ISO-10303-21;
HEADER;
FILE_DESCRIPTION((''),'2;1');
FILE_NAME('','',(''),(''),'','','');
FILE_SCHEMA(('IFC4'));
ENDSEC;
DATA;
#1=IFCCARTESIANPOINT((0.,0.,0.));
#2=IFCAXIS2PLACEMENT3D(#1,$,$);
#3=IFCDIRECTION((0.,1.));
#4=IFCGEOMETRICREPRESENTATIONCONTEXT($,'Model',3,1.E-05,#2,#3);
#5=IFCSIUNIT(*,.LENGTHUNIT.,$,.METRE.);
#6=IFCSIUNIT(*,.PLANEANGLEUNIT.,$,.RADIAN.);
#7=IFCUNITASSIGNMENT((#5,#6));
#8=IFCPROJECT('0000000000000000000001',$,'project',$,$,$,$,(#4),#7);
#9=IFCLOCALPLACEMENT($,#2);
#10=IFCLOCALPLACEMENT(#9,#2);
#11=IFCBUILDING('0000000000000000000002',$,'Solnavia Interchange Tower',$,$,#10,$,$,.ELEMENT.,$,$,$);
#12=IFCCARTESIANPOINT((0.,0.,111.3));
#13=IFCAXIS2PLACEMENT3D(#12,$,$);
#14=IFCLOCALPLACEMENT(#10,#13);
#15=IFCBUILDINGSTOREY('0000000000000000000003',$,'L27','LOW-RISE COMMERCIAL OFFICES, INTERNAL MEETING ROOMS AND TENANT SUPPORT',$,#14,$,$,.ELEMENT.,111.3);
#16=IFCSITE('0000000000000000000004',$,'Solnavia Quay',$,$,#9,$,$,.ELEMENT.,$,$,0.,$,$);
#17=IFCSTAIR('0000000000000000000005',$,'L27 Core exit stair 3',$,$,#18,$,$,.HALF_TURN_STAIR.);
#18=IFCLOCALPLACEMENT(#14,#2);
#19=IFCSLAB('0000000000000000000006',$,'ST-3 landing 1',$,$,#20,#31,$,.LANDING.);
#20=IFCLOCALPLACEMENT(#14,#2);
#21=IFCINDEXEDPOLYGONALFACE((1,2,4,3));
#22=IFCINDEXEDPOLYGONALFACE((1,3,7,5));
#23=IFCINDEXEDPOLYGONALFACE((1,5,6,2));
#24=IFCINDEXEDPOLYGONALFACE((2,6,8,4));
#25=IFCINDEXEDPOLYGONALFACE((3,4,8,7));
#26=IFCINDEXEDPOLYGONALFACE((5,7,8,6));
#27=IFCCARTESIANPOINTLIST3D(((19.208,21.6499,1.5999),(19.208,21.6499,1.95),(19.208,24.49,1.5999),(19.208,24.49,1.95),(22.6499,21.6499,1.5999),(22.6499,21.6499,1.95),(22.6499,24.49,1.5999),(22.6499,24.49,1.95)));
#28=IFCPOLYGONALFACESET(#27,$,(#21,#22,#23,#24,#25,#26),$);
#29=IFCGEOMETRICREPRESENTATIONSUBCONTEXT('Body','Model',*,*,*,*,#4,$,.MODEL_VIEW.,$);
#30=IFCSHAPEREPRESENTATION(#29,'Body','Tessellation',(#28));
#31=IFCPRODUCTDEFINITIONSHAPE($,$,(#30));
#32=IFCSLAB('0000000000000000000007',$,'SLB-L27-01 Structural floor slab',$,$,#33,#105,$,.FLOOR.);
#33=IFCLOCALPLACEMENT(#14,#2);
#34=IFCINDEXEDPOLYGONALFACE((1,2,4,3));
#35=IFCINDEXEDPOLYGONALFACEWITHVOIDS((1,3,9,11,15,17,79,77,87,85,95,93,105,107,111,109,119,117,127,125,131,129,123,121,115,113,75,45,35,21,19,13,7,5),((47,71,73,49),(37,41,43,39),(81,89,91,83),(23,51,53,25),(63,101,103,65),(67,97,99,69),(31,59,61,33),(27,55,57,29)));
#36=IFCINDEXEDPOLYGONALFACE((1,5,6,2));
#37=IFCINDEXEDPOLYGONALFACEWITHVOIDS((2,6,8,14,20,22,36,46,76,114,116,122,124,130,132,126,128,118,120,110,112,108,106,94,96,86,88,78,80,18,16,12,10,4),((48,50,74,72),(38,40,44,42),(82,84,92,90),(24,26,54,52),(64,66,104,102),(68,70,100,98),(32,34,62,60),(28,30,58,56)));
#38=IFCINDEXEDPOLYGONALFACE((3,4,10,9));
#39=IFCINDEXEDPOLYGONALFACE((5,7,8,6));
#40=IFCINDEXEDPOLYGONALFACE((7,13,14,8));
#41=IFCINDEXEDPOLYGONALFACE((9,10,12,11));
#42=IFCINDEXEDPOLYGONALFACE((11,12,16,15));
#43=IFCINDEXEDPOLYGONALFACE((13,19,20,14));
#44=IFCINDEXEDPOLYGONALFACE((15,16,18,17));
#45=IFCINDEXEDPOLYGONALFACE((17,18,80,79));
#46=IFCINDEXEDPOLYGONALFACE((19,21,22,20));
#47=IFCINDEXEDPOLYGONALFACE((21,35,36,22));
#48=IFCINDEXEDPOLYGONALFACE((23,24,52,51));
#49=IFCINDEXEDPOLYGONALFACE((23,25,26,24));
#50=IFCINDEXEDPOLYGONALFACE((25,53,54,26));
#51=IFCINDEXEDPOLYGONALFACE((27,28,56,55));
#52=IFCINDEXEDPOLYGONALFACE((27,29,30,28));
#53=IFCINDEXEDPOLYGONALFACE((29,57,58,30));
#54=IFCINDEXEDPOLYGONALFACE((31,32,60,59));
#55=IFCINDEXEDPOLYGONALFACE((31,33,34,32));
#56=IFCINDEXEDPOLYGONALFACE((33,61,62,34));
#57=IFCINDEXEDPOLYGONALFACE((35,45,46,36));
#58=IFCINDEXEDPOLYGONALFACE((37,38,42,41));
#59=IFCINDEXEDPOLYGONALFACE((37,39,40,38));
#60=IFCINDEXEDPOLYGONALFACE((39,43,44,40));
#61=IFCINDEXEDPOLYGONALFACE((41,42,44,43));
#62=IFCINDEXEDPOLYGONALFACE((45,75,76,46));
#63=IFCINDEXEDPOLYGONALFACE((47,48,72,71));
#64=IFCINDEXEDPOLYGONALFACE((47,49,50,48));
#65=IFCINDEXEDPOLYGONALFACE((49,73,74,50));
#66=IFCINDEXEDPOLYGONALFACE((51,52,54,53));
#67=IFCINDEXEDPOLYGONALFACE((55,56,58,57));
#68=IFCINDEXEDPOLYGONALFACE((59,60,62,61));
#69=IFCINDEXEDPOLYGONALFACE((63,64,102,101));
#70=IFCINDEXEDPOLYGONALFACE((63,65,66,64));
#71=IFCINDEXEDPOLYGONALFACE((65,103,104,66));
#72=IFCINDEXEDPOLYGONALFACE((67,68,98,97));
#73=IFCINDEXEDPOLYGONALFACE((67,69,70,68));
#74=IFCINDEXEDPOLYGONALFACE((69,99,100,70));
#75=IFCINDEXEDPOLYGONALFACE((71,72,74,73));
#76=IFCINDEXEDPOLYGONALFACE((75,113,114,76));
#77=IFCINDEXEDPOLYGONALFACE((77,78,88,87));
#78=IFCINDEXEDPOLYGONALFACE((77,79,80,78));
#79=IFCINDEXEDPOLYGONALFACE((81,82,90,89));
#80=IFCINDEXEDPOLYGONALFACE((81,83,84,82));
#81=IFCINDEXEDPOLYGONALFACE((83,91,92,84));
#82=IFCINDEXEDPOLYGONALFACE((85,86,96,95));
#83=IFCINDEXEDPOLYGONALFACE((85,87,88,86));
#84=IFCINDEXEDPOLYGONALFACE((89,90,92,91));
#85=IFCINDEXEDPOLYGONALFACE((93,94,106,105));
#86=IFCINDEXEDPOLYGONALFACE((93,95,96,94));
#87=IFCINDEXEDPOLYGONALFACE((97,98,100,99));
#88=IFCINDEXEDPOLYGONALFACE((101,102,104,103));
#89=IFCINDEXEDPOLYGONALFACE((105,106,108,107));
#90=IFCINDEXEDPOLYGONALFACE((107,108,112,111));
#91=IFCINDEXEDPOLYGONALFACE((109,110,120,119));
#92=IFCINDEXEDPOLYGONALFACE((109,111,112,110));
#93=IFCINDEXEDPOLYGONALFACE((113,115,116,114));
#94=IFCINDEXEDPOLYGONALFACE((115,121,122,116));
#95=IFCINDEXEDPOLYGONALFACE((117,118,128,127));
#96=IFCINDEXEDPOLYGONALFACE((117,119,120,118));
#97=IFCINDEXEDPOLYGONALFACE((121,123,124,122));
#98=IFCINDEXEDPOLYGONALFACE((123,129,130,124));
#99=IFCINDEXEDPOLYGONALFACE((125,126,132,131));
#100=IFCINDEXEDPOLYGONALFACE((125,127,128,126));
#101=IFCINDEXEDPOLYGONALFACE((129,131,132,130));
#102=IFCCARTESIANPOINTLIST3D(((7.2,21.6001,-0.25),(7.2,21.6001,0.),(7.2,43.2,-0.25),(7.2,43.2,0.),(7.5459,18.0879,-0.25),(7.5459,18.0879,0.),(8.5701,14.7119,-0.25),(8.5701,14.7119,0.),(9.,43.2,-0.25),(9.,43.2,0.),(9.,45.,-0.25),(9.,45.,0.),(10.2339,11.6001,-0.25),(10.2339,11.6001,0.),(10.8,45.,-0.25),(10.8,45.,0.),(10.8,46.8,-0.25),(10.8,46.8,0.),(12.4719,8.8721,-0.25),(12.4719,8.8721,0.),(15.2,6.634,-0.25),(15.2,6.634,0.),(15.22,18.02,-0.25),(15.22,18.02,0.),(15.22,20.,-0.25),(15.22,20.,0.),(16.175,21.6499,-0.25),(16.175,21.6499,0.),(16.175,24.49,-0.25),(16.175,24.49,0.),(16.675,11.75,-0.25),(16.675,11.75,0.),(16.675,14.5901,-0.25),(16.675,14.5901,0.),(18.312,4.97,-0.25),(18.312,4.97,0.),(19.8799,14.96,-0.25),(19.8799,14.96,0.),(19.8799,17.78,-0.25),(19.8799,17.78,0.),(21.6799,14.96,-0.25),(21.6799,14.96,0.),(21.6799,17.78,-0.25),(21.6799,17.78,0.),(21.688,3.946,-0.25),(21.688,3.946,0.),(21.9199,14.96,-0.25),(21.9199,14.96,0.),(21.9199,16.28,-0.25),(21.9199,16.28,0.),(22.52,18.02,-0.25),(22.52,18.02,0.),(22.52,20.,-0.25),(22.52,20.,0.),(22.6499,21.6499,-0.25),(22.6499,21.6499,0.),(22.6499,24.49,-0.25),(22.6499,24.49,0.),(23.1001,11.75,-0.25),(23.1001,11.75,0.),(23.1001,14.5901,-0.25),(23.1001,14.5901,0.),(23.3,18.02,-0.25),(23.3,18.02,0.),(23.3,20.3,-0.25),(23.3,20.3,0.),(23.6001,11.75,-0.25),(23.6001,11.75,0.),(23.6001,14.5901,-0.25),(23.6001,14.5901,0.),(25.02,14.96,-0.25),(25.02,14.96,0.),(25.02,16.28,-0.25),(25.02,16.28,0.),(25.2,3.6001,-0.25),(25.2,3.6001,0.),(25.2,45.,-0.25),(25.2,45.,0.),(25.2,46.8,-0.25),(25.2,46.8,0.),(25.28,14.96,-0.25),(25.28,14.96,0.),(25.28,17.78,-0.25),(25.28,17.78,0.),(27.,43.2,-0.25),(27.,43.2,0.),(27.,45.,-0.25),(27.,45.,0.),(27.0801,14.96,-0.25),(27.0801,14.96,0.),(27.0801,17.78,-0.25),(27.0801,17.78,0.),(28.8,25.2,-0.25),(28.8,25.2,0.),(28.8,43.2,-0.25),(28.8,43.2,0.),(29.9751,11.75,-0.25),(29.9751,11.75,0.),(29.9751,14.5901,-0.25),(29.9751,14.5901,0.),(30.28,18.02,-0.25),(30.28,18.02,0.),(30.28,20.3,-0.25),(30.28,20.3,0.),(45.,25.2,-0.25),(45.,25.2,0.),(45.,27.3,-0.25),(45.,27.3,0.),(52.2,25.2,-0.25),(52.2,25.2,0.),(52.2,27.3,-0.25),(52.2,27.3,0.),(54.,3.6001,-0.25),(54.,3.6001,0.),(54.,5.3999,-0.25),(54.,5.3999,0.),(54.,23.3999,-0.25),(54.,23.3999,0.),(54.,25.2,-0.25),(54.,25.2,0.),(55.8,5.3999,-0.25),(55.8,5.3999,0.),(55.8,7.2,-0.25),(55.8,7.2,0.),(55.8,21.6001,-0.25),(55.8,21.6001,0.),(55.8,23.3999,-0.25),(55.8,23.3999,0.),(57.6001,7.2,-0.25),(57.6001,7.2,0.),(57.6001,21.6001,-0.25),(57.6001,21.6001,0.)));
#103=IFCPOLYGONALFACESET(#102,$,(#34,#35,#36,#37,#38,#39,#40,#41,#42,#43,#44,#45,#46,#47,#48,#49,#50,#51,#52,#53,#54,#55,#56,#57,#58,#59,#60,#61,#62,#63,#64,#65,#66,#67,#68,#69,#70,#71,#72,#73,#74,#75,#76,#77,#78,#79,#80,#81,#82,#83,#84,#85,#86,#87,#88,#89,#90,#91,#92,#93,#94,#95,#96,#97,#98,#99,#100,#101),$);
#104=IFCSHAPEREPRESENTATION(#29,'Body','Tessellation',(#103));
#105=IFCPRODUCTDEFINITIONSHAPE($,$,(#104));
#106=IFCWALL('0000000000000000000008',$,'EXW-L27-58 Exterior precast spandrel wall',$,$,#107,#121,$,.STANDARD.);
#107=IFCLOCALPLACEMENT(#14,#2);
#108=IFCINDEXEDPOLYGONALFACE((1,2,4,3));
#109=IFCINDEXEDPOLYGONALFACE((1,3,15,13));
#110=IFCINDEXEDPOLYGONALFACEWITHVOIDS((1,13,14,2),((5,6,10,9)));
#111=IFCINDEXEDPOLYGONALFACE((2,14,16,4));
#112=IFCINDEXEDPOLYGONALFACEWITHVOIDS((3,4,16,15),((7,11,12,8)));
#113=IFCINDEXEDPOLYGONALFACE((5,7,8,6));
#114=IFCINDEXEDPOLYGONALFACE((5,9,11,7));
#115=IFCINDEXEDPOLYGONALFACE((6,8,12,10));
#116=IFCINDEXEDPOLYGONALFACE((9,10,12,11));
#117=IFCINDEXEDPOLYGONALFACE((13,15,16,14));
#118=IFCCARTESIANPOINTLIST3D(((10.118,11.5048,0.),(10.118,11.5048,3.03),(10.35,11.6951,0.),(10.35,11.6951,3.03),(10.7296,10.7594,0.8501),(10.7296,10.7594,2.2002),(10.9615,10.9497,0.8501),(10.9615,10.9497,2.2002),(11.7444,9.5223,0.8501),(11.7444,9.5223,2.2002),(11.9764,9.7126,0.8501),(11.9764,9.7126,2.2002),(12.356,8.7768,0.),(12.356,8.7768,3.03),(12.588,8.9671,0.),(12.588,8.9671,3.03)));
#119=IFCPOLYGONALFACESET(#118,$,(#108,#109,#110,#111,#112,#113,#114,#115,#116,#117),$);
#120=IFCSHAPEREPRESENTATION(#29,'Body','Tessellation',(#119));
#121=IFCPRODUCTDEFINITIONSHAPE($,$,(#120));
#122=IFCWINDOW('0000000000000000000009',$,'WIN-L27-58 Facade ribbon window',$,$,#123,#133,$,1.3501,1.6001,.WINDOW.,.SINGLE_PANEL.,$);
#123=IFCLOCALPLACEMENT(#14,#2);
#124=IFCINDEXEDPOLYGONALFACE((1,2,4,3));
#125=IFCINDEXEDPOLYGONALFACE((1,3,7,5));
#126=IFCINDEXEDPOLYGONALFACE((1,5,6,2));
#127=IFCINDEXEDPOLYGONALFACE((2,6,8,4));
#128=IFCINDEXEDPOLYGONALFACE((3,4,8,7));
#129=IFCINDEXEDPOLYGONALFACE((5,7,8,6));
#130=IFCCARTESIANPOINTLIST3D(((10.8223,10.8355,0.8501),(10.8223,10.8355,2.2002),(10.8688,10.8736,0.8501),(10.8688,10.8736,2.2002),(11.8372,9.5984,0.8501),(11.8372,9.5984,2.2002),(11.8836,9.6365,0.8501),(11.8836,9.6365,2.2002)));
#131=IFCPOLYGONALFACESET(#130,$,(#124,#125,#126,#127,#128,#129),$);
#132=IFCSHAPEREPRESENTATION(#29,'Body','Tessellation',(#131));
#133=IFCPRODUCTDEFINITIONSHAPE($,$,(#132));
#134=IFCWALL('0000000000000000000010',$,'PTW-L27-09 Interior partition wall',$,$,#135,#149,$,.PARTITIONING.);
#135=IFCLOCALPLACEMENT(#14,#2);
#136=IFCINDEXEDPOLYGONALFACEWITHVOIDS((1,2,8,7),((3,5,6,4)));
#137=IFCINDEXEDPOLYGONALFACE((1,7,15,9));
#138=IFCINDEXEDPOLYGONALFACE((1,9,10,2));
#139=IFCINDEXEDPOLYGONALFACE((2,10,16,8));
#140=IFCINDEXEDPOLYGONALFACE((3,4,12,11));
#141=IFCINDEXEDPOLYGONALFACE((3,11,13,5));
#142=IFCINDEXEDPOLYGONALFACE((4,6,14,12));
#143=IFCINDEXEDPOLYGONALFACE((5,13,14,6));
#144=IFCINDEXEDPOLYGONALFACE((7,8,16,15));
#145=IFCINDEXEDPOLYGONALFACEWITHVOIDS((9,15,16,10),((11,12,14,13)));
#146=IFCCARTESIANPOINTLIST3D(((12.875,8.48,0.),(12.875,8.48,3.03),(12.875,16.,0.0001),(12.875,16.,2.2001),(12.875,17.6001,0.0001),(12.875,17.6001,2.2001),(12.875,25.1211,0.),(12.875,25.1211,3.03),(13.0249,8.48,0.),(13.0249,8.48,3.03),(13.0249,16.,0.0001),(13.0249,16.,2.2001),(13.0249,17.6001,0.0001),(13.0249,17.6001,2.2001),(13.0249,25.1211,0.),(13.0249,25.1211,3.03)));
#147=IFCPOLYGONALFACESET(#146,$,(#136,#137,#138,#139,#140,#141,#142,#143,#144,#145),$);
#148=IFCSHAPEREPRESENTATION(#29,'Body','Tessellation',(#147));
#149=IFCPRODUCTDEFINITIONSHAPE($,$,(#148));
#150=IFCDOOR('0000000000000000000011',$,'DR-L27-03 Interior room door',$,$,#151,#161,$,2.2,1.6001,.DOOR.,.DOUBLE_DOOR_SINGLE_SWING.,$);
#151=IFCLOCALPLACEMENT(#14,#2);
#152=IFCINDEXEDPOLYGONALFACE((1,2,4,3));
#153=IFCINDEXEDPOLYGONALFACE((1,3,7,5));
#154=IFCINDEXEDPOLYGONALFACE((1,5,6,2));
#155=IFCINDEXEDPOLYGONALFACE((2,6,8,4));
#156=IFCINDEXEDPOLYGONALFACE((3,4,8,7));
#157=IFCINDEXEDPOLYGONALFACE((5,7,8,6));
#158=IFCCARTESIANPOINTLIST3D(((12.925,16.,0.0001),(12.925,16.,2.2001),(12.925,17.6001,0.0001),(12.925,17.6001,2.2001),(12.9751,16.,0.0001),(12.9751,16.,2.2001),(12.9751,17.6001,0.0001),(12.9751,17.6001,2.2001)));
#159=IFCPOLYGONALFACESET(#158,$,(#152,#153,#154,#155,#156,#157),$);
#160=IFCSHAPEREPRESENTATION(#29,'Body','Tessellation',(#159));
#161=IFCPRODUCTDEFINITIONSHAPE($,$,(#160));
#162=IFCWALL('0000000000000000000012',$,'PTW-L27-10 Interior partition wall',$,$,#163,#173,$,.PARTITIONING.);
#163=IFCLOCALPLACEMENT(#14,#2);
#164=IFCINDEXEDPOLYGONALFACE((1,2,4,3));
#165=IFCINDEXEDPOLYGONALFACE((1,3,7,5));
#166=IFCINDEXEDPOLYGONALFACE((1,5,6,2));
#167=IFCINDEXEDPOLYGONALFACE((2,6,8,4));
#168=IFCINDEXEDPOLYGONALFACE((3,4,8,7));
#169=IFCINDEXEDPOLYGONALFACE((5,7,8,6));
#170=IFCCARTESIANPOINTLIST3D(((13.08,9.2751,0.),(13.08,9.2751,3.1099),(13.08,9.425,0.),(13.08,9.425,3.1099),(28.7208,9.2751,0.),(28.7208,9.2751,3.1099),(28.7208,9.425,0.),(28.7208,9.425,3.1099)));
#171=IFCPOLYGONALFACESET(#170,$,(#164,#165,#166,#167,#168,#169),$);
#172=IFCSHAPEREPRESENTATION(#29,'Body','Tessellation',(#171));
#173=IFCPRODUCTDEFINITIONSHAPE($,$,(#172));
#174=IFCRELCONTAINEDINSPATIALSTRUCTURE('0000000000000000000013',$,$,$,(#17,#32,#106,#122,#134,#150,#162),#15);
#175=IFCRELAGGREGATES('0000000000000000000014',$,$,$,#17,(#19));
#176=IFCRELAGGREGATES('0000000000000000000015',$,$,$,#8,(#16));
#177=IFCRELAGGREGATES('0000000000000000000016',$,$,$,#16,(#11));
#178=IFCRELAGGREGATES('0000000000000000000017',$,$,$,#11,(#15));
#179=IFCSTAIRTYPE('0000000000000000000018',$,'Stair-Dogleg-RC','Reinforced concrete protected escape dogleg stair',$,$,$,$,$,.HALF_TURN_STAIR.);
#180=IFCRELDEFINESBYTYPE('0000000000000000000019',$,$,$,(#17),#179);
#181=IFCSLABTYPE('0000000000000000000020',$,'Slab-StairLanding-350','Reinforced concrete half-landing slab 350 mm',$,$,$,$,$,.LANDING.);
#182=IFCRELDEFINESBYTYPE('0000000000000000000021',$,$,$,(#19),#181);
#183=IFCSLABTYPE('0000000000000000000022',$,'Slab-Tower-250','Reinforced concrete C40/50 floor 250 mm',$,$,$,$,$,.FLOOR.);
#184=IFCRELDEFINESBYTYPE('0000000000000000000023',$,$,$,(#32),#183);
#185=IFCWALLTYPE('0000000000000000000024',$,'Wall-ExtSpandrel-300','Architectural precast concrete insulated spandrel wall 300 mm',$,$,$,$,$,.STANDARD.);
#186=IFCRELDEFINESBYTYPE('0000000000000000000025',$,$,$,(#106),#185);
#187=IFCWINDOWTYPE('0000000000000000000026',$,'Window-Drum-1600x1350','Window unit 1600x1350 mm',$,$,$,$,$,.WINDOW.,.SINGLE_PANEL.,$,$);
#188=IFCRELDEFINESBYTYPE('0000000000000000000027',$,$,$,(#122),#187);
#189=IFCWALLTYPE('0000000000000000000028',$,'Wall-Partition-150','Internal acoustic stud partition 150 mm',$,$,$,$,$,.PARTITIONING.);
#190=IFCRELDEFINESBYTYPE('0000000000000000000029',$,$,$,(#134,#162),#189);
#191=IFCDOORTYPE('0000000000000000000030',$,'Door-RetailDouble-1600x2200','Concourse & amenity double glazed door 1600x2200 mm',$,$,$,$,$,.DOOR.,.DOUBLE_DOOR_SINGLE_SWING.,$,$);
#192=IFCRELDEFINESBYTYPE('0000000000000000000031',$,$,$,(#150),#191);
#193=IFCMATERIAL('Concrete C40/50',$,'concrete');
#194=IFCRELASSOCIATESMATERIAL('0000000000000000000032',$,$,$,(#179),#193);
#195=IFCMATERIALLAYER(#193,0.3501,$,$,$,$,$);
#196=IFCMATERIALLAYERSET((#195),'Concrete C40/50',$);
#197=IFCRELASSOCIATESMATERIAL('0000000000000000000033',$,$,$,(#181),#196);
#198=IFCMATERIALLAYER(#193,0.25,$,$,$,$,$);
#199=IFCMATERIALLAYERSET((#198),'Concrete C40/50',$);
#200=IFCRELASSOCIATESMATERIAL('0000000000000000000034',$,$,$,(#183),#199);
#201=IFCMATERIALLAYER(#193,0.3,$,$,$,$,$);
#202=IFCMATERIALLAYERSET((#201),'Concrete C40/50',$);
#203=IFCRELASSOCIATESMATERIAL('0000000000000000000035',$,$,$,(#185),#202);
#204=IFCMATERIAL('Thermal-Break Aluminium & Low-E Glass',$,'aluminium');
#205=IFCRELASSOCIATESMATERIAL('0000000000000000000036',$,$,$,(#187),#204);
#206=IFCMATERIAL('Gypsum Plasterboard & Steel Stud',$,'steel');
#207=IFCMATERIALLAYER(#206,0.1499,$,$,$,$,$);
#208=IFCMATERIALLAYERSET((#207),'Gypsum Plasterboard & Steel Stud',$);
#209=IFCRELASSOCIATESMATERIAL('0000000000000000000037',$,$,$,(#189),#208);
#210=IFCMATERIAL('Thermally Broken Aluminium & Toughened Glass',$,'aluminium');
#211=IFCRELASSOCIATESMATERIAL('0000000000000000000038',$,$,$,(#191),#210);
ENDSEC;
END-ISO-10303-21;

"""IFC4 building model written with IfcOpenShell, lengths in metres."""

from ifc_helpers import new_model, si_unit, direction, frame, frame_2d, origin, place, context, subcontext, project, spatial, polyline, rectangle, outline, extrude, material, layer, layer_set, type_object, element, fill, aggregate, save


model = new_model("IFC4")

# Units and contexts
model_context = context("Model", 3, precision=1e-05, world=origin(), true_north=direction((0.0, 1.0)))
body_context = subcontext(model_context, "Body", "Model", "MODEL_VIEW")
ifc_project = project(units=[si_unit("LENGTHUNIT", "METRE"), si_unit("PLANEANGLEUNIT", "RADIAN")], contexts=[model_context])

# Site, building, storey
site_placement = place(None, origin())
site = spatial("IfcSite", under=ifc_project, at=site_placement, Name="Solnavia Quay", CompositionType="ELEMENT", RefElevation=0.0)
building_placement = place(site_placement, origin())
building = spatial("IfcBuilding", under=site, at=building_placement, Name="Solnavia Interchange Tower", CompositionType="ELEMENT")
storey_placement = place(building_placement, frame((0.0, 0.0, 111.3)))
storey = spatial("IfcBuildingStorey", under=building, at=storey_placement, Name="L27", Description="LOW-RISE COMMERCIAL OFFICES, INTERNAL MEETING ROOMS AND TENANT SUPPORT", CompositionType="ELEMENT", Elevation=111.3)

# Stair, slab
ifc_material_1 = material(Name="Concrete C40/50", Category="concrete")
stair_type = type_object("IfcStairType", Name="Stair-Dogleg-RC", Description="Reinforced concrete protected escape dogleg stair", PredefinedType="HALF_TURN_STAIR", material=ifc_material_1)
ifc_layer_1 = layer(ifc_material_1, 0.3501)
ifc_layer_set_1 = layer_set([ifc_layer_1], Name="Concrete C40/50")
slab_type_1 = type_object("IfcSlabType", Name="Slab-StairLanding-350", Description="Reinforced concrete half-landing slab 350 mm", PredefinedType="LANDING", material=ifc_layer_set_1)
stair_1_placement = place(storey_placement, origin())
stair_1 = element("IfcStair", 1, at=stair_1_placement, inside=storey, type_object=stair_type, Name="L27 Core exit stair 3", PredefinedType="HALF_TURN_STAIR")
slab_1_placement = place(storey_placement, frame((0.0, 0.0, 1.5999)))
slab_1 = element("IfcSlab", 2, at=slab_1_placement, type_object=slab_type_1, Name="ST-3 landing 1", PredefinedType="LANDING", context=body_context, shape_type="SweptSolid", body=[
    extrude(outline(polyline([(19.208, 21.6499), (22.6499, 21.6499), (22.6499, 24.49), (19.208, 24.49), (19.208, 21.6499)])), origin(), (0.0, 0.0, 1.0), 0.3501),
])
aggregate(stair_1, [slab_1])

# Slab
ifc_layer_2 = layer(ifc_material_1, 0.25)
ifc_layer_set_2 = layer_set([ifc_layer_2], Name="Concrete C40/50")
slab_type_2 = type_object("IfcSlabType", Name="Slab-Tower-250", Description="Reinforced concrete C40/50 floor 250 mm", PredefinedType="FLOOR", material=ifc_layer_set_2)
slab_2_placement = place(storey_placement, frame((0.0, 0.0, -0.25)))
element("IfcSlab", 3, at=slab_2_placement, inside=storey, type_object=slab_type_2, Name="SLB-L27-01 Structural floor slab", PredefinedType="FLOOR", context=body_context, shape_type="SweptSolid", body=[
    extrude(outline(polyline([(25.2, 3.6001), (54.0, 3.6001), (54.0, 5.3999), (55.8, 5.3999), (55.8, 7.2), (57.6001, 7.2), (57.6001, 21.6001), (55.8, 21.6001), (55.8, 23.3999), (54.0, 23.3999), (54.0, 25.2), (52.2, 25.2), (52.2, 27.3), (45.0, 27.3), (45.0, 25.2), (28.8, 25.2), (28.8, 43.2), (27.0, 43.2), (27.0, 45.0), (25.2, 45.0), (25.2, 46.8), (10.8, 46.8), (10.8, 45.0), (9.0, 45.0), (9.0, 43.2), (7.2, 43.2), (7.2, 21.6001), (7.5459, 18.0879), (8.5701, 14.7119), (10.2339, 11.6001), (12.4719, 8.8721), (15.2, 6.634), (18.312, 4.97), (21.688, 3.946), (25.2, 3.6001)]), holes=[polyline([(16.675, 11.75), (23.1001, 11.75), (23.1001, 14.5901), (16.675, 14.5901), (16.675, 11.75)]), polyline([(23.6001, 11.75), (29.9751, 11.75), (29.9751, 14.5901), (23.6001, 14.5901), (23.6001, 11.75)]), polyline([(16.175, 21.6499), (22.6499, 21.6499), (22.6499, 24.49), (16.175, 24.49), (16.175, 21.6499)]), polyline([(19.8799, 14.96), (21.6799, 14.96), (21.6799, 17.78), (19.8799, 17.78), (19.8799, 14.96)]), polyline([(25.28, 14.96), (27.0801, 14.96), (27.0801, 17.78), (25.28, 17.78), (25.28, 14.96)]), polyline([(21.9199, 14.96), (25.02, 14.96), (25.02, 16.28), (21.9199, 16.28), (21.9199, 14.96)]), polyline([(15.22, 18.02), (22.52, 18.02), (22.52, 20.0), (15.22, 20.0), (15.22, 18.02)]), polyline([(23.3, 18.02), (30.28, 18.02), (30.28, 20.3), (23.3, 20.3), (23.3, 18.02)])]), origin(), (0.0, 0.0, 1.0), 0.25),
])

# Wall, opening, window
ifc_layer_3 = layer(ifc_material_1, 0.3)
ifc_layer_set_3 = layer_set([ifc_layer_3], Name="Concrete C40/50")
wall_type_1 = type_object("IfcWallType", Name="Wall-ExtSpandrel-300", Description="Architectural precast concrete insulated spandrel wall 300 mm", PredefinedType="STANDARD", material=ifc_layer_set_3)
wall_1_placement = place(storey_placement, frame((12.4719, 8.8721, 0.0), z_axis=(0.0, 0.0, 1.0), x_axis=(-0.634258, 0.773121, 0.0)))
wall_1 = element("IfcWall", 4, at=wall_1_placement, inside=storey, type_object=wall_type_1, Name="EXW-L27-58 Exterior precast spandrel wall", PredefinedType="STANDARD", context=body_context, shape_type="SweptSolid", body=[
    extrude(rectangle(XDim=3.5286, YDim=0.3, at=frame_2d((1.7642, 0.0))), origin(), (0.0, 0.0, 1.0), 3.03),
])
opening_1_placement = place(wall_1_placement, frame((0.9641, 0.0, 0.8501)))
opening_1 = element("IfcOpeningElement", 5, at=opening_1_placement, cuts=wall_1, PredefinedType="OPENING", context=body_context, shape_type="SweptSolid", body=[
    extrude(rectangle(XDim=1.6001, YDim=1.3501, at=frame_2d((0.8, 0.675))), frame((0.0, 0.1602, 0.0), z_axis=(0.0, -1.0, 0.0), x_axis=(1.0, 0.0, 0.0)), (0.0, 0.0, 1.0), 0.3201),
])
ifc_material_2 = material(Name="Thermal-Break Aluminium & Low-E Glass", Category="aluminium")
window_type = type_object("IfcWindowType", Name="Window-Drum-1600x1350", Description="Window unit 1600x1350 mm", PartitioningType="SINGLE_PANEL", PredefinedType="WINDOW", material=ifc_material_2)
window_placement = place(opening_1_placement, origin())
window = element("IfcWindow", 6, at=window_placement, inside=storey, type_object=window_type, Name="WIN-L27-58 Facade ribbon window", OverallHeight=1.3501, OverallWidth=1.6001, PartitioningType="SINGLE_PANEL", PredefinedType="WINDOW", context=body_context, shape_type="SweptSolid", body=[
    extrude(rectangle(XDim=1.6001, YDim=1.3501, at=frame_2d((0.8, 0.675))), frame((0.0, 0.03, 0.0), z_axis=(0.0, -1.0, 0.0), x_axis=(1.0, 0.0, 0.0)), (0.0, 0.0, 1.0), 0.0601),
])
fill(opening_1, window)

# Wall, opening, door
ifc_material_3 = material(Name="Gypsum Plasterboard & Steel Stud", Category="steel")
ifc_layer_4 = layer(ifc_material_3, 0.1499)
ifc_layer_set_4 = layer_set([ifc_layer_4], Name="Gypsum Plasterboard & Steel Stud")
wall_type_2 = type_object("IfcWallType", Name="Wall-Partition-150", Description="Internal acoustic stud partition 150 mm", PredefinedType="PARTITIONING", material=ifc_layer_set_4)
wall_2_placement = place(storey_placement, frame((12.95, 8.48, 0.0), z_axis=(0.0, 0.0, 1.0), x_axis=(0.0, 1.0, 0.0)))
wall_2 = element("IfcWall", 7, at=wall_2_placement, inside=storey, type_object=wall_type_2, Name="PTW-L27-09 Interior partition wall", PredefinedType="PARTITIONING", context=body_context, shape_type="SweptSolid", body=[
    extrude(rectangle(XDim=16.6411, YDim=0.1499, at=frame_2d((8.3206, 0.0))), origin(), (0.0, 0.0, 1.0), 3.03),
])
opening_2_placement = place(wall_2_placement, frame((7.52, 0.0, 0.0)))
opening_2 = element("IfcOpeningElement", 8, at=opening_2_placement, cuts=wall_2, PredefinedType="OPENING", context=body_context, shape_type="SweptSolid", body=[
    extrude(rectangle(XDim=1.6001, YDim=2.2, at=frame_2d((0.8, 1.1001))), frame((0.0, 0.085, 0.0), z_axis=(0.0, -1.0, 0.0), x_axis=(1.0, 0.0, 0.0)), (0.0, 0.0, 1.0), 0.1699),
])
ifc_material_4 = material(Name="Thermally Broken Aluminium & Toughened Glass", Category="aluminium")
door_type = type_object("IfcDoorType", Name="Door-RetailDouble-1600x2200", Description="Concourse & amenity double glazed door 1600x2200 mm", OperationType="DOUBLE_DOOR_SINGLE_SWING", PredefinedType="DOOR", material=ifc_material_4)
door_placement = place(opening_2_placement, origin())
door = element("IfcDoor", 9, at=door_placement, inside=storey, type_object=door_type, Name="DR-L27-03 Interior room door", OperationType="DOUBLE_DOOR_SINGLE_SWING", OverallHeight=2.2, OverallWidth=1.6001, PredefinedType="DOOR", context=body_context, shape_type="SweptSolid", body=[
    extrude(rectangle(XDim=1.6001, YDim=2.2, at=frame_2d((0.8, 1.1001))), frame((0.0, 0.0249, 0.0), z_axis=(0.0, -1.0, 0.0), x_axis=(1.0, 0.0, 0.0)), (0.0, 0.0, 1.0), 0.05),
])
fill(opening_2, door)

# Wall
wall_3_placement = place(storey_placement, frame((13.0801, 9.3501, 0.0), z_axis=(0.0, 0.0, 1.0), x_axis=(1.0, 0.0, 0.0)))
element("IfcWall", 10, at=wall_3_placement, inside=storey, type_object=wall_type_2, Name="PTW-L27-10 Interior partition wall", PredefinedType="PARTITIONING", context=body_context, shape_type="SweptSolid", body=[
    extrude(rectangle(XDim=15.6409, YDim=0.1499, at=frame_2d((7.8203, 0.0))), origin(), (0.0, 0.0, 1.0), 3.1099),
])

save(model, "model.ifc")
